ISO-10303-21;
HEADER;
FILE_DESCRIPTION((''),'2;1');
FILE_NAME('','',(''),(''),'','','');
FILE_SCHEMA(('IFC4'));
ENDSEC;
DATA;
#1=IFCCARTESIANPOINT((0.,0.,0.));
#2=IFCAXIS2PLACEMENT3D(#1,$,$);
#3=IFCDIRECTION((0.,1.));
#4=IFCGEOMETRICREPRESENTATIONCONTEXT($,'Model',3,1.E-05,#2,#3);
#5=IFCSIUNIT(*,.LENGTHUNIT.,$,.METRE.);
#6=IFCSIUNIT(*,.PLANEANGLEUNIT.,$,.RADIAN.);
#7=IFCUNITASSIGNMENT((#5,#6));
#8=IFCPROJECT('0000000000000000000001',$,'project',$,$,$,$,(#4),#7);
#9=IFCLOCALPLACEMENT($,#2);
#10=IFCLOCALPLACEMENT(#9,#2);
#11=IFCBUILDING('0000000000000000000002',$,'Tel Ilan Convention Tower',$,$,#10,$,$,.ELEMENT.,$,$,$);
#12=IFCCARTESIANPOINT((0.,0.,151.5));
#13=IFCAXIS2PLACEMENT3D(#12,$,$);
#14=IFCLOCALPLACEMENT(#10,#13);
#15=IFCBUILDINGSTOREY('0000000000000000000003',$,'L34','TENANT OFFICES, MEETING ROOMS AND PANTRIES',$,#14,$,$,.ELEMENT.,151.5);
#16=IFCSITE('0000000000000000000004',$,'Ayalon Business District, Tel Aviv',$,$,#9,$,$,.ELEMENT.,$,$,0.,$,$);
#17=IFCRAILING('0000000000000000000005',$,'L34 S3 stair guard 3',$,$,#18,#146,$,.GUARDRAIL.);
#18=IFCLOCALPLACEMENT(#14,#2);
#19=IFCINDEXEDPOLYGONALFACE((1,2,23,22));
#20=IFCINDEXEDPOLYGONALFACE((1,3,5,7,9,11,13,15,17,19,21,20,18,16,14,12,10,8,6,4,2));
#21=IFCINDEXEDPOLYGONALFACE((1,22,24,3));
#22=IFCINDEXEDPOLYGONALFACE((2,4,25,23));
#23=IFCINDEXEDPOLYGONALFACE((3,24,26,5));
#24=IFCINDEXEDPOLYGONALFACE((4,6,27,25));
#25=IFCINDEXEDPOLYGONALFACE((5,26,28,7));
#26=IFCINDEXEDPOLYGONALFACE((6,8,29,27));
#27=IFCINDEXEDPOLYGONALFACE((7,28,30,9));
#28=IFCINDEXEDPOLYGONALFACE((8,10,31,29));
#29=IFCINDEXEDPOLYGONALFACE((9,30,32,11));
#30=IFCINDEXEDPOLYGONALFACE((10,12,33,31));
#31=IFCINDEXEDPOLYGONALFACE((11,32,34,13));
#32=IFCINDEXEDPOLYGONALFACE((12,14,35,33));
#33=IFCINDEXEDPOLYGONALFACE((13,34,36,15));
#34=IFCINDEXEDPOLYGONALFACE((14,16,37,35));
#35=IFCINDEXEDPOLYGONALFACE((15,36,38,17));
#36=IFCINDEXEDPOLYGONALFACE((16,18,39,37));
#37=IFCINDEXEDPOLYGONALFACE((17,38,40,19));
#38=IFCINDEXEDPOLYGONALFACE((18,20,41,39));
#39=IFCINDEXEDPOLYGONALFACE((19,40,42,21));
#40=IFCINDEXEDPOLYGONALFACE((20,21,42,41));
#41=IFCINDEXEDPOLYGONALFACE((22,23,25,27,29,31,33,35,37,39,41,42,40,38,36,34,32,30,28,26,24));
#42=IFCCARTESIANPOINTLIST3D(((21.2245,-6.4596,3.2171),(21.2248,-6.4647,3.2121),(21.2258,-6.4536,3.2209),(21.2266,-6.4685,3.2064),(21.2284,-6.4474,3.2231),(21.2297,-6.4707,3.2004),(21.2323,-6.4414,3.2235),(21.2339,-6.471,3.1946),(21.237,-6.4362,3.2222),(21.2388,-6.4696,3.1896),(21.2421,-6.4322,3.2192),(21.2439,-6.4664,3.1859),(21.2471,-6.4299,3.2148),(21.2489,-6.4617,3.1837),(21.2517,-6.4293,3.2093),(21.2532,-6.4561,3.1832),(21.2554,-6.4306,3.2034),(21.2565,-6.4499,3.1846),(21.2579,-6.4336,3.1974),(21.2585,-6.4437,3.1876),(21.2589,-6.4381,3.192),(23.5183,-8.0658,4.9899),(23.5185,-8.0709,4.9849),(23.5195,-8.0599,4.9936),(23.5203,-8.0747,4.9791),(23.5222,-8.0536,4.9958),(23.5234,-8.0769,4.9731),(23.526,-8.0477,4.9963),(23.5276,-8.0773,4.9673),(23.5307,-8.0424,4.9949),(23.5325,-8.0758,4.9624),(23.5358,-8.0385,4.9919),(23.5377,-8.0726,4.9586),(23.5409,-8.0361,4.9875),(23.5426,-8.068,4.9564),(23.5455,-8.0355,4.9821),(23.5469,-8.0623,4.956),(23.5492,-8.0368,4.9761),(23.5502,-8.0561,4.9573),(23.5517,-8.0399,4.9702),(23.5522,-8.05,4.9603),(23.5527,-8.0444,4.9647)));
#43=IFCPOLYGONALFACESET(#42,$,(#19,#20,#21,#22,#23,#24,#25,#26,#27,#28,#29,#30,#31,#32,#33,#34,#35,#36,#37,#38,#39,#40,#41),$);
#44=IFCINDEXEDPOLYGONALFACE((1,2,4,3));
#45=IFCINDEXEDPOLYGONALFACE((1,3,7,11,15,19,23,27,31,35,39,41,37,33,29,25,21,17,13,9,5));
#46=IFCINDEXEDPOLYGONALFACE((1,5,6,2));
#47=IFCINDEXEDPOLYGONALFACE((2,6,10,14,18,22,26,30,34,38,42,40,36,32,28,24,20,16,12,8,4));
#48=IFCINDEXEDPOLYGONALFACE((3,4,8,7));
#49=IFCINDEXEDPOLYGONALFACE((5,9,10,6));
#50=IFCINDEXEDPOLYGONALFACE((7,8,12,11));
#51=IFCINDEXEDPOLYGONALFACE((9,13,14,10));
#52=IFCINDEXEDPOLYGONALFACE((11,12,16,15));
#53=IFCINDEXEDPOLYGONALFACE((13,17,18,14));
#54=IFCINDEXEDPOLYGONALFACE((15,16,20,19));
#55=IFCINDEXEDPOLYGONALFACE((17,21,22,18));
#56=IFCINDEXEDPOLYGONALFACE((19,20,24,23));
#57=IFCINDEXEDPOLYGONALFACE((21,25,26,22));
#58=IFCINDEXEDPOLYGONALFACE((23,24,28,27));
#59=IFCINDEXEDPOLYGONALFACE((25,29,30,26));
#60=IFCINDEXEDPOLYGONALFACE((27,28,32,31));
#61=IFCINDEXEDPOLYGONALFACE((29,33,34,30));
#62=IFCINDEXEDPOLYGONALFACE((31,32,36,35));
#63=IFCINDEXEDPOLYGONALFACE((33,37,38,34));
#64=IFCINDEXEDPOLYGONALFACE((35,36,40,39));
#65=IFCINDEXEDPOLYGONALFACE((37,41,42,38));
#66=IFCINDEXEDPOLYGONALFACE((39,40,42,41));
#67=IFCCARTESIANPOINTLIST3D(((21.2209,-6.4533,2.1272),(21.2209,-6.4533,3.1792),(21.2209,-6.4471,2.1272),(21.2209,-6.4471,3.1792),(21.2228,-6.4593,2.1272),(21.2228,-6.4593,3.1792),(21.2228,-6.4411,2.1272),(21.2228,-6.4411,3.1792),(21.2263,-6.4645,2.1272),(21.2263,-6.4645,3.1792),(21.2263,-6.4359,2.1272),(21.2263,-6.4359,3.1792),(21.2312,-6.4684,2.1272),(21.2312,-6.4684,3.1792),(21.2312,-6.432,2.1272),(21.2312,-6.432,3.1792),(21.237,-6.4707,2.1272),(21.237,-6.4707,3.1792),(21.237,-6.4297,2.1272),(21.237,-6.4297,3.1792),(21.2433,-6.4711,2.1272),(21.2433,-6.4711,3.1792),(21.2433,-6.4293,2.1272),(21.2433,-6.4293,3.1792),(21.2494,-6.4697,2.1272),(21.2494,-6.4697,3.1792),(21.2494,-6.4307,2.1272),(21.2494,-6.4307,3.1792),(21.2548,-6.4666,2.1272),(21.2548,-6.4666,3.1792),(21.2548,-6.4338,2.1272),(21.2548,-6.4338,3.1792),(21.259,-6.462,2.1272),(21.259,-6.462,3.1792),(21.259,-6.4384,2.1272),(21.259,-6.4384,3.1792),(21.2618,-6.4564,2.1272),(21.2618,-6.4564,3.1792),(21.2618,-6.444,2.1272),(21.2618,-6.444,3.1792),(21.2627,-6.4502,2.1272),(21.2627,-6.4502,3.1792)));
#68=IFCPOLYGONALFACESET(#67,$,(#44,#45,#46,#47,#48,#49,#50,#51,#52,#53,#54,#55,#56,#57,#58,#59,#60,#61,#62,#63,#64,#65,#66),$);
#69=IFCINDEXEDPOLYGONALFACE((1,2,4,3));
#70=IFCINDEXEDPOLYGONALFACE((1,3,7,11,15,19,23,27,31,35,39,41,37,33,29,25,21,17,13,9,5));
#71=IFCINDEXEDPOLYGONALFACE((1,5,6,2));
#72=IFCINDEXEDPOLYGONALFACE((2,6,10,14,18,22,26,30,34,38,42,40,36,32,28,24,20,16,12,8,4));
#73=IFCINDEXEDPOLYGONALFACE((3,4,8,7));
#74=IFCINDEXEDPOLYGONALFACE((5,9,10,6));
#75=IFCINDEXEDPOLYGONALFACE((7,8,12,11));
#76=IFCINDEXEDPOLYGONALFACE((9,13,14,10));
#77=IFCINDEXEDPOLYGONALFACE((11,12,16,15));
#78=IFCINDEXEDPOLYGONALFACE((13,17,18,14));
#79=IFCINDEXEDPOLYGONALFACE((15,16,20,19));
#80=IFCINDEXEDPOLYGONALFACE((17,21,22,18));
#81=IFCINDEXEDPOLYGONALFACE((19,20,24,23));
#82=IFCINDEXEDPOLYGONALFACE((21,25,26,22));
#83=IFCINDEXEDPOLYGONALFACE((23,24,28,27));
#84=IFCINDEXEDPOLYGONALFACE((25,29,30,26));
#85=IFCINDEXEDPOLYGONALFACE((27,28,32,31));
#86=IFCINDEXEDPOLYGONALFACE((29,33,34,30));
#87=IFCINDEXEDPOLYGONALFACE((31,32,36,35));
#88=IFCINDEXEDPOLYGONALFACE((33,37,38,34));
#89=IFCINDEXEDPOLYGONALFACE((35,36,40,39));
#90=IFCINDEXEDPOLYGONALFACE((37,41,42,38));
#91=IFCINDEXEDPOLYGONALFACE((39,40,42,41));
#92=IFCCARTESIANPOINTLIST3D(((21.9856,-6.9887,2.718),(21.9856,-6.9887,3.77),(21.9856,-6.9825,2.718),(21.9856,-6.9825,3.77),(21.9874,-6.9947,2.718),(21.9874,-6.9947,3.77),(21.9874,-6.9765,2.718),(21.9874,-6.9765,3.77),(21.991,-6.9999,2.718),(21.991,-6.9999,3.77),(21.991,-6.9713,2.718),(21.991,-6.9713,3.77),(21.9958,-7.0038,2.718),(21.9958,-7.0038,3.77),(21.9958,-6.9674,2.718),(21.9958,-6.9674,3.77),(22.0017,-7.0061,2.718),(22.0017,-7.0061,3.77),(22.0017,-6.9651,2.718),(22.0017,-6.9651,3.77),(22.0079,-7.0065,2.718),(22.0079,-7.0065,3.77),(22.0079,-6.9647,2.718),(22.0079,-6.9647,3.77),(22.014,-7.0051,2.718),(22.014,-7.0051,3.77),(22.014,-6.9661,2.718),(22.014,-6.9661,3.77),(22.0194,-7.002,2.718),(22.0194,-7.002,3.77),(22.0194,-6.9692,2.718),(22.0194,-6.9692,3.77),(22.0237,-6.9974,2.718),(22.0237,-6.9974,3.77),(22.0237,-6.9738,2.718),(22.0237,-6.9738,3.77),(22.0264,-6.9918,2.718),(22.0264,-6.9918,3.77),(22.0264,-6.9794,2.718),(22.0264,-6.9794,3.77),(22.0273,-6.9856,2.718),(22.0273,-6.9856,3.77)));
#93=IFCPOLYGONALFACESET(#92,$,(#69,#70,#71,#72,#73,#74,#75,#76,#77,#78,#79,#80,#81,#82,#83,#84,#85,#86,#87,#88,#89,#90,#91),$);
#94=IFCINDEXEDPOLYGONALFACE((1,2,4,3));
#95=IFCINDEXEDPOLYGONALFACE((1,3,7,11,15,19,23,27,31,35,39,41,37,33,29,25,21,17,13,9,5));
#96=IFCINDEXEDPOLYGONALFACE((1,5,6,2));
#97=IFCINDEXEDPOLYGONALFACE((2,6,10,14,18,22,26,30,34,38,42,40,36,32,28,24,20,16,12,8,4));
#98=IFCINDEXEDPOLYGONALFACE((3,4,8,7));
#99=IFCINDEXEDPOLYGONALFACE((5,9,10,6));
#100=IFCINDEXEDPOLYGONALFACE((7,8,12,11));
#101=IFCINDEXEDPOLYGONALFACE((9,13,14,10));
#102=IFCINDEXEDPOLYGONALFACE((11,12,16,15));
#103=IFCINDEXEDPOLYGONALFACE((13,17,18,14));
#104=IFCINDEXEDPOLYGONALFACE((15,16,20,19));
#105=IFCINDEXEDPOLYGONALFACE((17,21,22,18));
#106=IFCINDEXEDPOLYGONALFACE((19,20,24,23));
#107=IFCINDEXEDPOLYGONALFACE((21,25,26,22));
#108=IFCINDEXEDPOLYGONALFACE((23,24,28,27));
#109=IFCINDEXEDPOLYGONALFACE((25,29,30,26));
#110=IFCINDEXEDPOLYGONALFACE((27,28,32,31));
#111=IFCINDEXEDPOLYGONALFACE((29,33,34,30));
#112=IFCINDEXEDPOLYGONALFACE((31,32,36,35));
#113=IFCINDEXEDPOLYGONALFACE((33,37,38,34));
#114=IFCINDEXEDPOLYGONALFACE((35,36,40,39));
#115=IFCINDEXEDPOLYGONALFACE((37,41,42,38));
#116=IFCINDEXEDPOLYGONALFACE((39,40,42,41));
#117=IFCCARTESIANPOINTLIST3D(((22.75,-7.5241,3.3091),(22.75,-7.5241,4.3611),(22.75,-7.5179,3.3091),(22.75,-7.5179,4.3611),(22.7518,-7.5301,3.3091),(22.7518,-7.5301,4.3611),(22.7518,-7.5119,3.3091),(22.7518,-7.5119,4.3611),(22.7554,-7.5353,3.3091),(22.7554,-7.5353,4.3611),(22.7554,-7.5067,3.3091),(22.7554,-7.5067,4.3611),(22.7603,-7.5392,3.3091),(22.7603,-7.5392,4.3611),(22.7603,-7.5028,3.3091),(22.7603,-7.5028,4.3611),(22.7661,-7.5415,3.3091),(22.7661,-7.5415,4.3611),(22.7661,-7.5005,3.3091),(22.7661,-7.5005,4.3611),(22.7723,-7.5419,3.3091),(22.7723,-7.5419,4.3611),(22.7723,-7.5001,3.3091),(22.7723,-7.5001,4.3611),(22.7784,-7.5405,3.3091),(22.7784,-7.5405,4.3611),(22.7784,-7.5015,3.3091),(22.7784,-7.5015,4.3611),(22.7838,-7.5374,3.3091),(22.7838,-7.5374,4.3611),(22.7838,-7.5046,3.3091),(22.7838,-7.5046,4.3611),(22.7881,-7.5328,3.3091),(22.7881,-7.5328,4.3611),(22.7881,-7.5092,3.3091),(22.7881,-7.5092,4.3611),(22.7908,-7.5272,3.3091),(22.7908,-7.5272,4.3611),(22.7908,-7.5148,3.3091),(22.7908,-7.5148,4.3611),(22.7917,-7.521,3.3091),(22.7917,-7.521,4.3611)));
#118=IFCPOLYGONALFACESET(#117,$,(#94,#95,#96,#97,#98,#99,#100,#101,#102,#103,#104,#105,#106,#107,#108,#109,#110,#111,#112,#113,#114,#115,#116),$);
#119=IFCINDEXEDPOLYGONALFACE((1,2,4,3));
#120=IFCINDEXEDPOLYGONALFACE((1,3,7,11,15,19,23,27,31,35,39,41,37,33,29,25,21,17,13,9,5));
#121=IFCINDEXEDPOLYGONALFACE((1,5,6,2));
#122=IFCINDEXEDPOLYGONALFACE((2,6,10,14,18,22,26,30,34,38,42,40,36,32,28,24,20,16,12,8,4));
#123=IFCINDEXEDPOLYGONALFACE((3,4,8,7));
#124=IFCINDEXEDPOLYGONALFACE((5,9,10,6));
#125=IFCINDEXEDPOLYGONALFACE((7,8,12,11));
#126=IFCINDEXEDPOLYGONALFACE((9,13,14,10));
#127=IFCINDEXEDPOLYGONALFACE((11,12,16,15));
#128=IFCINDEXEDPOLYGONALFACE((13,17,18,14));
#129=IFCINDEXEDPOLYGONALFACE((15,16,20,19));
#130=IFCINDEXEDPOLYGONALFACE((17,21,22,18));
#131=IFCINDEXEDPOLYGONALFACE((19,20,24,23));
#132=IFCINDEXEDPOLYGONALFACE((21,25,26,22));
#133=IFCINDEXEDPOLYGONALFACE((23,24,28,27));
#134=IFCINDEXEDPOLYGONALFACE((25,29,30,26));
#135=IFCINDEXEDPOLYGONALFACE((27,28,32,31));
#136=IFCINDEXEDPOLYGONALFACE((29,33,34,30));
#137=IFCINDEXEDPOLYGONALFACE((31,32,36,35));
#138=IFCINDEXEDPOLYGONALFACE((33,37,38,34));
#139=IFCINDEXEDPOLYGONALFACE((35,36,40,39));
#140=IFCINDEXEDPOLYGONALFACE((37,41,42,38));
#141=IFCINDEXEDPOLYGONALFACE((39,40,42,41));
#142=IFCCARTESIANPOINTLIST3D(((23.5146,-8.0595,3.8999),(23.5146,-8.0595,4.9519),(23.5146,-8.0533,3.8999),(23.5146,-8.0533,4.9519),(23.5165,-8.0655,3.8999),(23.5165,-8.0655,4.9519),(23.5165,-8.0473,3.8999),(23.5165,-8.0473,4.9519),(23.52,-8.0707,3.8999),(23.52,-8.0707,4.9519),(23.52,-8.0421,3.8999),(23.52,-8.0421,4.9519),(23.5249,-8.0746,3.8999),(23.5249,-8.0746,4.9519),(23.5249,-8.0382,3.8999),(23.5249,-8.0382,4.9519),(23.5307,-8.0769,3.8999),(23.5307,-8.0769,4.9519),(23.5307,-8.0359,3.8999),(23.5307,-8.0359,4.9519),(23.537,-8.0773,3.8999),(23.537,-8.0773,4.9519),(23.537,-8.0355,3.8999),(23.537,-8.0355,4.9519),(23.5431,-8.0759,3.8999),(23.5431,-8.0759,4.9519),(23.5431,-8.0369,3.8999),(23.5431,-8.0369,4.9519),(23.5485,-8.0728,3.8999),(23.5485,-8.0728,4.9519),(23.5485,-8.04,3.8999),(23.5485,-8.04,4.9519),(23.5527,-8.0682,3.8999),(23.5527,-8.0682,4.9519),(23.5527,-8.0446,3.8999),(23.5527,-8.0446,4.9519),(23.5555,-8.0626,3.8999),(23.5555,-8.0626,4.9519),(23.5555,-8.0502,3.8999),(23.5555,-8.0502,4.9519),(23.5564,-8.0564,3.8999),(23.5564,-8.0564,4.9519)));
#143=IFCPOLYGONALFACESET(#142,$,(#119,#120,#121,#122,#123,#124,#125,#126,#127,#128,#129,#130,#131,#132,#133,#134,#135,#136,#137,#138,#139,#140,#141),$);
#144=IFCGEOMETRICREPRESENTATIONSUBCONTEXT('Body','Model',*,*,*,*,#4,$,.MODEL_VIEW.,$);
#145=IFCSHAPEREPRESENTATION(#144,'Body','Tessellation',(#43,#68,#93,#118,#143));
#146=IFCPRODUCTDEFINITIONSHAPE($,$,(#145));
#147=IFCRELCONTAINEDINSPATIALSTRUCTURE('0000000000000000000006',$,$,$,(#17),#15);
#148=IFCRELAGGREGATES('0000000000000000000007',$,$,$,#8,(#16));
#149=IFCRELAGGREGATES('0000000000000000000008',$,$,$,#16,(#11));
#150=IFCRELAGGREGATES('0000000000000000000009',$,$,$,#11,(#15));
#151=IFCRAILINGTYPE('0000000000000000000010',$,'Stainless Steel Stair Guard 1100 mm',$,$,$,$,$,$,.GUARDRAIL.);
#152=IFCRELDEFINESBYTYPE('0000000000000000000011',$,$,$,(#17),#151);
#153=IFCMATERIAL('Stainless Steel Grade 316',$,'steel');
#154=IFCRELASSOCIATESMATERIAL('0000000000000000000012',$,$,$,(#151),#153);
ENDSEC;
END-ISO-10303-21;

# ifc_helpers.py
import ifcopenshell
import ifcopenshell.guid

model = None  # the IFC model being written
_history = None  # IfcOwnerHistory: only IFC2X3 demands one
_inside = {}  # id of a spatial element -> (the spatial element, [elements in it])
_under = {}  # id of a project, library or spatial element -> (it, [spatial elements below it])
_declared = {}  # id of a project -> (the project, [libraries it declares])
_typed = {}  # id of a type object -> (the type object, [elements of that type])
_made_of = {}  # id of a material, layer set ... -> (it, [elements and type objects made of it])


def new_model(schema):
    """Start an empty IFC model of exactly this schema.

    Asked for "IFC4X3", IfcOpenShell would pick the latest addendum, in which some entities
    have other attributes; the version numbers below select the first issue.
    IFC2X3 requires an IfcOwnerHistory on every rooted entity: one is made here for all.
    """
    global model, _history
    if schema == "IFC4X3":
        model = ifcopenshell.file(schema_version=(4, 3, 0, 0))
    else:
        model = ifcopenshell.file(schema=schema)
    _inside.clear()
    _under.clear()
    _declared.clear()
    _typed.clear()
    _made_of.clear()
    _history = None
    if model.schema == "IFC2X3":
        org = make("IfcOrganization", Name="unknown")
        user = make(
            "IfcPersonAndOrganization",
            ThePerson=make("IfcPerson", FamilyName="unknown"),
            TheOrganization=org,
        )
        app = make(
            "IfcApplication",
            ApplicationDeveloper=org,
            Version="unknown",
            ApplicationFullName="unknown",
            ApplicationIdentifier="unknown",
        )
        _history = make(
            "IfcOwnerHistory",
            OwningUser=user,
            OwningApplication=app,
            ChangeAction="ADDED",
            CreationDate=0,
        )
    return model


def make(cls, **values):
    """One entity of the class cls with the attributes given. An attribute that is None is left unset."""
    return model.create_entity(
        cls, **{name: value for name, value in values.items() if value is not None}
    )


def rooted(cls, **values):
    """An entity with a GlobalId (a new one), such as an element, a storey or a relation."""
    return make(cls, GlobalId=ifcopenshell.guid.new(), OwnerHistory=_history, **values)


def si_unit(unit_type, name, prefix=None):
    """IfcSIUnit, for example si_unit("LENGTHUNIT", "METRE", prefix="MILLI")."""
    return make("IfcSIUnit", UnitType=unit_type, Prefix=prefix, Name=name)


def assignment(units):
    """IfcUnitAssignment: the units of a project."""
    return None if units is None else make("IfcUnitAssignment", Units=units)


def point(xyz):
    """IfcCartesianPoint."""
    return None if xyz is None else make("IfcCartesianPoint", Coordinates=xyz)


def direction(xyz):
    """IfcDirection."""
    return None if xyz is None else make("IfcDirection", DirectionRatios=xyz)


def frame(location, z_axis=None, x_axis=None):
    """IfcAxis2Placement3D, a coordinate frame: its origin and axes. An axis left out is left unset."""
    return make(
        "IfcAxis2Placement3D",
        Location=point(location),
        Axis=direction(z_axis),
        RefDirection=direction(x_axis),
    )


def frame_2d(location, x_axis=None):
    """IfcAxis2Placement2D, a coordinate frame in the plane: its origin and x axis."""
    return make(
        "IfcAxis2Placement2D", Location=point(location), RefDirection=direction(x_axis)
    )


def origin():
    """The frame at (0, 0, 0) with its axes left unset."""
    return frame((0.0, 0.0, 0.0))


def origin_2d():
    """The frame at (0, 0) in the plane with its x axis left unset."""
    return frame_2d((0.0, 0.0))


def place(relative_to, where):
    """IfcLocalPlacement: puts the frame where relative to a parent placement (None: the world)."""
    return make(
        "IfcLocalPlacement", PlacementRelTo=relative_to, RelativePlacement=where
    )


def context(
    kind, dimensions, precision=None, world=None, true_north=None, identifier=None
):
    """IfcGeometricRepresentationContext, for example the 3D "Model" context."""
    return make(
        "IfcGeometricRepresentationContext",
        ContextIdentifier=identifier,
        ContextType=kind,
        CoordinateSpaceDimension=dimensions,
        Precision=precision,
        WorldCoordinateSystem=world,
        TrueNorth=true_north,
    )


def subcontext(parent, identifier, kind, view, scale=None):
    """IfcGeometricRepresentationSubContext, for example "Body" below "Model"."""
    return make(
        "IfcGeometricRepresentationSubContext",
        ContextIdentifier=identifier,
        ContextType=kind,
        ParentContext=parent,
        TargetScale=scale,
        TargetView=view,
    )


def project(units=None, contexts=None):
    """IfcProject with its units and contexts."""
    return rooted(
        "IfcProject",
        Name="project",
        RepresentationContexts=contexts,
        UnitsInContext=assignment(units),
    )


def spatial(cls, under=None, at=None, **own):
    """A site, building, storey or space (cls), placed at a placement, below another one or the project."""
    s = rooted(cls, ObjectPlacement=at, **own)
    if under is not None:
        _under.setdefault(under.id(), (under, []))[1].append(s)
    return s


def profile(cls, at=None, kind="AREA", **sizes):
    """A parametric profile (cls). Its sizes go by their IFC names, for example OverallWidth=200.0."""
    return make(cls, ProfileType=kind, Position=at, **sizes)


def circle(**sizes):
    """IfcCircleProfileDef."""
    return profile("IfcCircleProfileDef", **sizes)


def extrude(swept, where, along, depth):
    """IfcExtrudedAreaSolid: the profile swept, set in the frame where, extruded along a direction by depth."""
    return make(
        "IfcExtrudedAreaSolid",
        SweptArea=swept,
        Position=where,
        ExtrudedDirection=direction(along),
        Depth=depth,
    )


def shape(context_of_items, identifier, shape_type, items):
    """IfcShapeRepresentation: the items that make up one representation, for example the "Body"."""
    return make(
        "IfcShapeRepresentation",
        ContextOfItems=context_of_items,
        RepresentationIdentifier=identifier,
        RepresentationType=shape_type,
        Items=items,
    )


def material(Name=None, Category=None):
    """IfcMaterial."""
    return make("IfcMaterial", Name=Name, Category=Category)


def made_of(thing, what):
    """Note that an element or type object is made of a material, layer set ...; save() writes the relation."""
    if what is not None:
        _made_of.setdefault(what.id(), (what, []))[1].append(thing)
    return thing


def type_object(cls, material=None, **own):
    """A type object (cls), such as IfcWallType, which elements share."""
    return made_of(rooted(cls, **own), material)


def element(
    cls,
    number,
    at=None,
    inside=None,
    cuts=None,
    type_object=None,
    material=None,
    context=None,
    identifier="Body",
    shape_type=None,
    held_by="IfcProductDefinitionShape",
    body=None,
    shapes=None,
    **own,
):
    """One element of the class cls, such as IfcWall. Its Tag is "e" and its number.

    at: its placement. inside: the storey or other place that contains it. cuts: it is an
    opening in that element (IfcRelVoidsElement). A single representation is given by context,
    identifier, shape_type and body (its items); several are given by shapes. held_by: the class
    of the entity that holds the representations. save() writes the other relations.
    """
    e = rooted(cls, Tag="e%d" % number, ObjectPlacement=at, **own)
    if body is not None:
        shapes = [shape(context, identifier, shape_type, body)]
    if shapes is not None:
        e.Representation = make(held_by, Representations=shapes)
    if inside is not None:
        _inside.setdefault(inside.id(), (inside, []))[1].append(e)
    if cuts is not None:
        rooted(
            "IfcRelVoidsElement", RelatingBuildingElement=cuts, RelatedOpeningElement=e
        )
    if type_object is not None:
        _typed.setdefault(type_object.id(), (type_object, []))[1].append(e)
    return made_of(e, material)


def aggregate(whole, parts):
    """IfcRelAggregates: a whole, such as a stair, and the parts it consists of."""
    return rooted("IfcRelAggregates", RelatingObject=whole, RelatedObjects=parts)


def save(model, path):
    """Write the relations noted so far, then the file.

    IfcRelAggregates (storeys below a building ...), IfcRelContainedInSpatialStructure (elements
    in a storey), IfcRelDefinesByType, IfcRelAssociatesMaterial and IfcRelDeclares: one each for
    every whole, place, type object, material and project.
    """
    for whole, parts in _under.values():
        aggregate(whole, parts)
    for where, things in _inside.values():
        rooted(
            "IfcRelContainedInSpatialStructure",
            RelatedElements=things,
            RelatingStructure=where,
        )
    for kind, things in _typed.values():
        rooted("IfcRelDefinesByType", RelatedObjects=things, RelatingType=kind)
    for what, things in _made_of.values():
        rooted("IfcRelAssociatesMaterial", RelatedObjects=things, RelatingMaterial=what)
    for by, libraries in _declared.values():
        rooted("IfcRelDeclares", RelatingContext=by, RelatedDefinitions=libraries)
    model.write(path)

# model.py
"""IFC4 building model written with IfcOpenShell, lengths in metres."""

from ifc_helpers import new_model, si_unit, direction, frame, origin, origin_2d, place, context, subcontext, project, spatial, circle, extrude, material, type_object, element, save


model = new_model("IFC4")

# Units and contexts
model_context = context("Model", 3, precision=1e-05, world=origin(), true_north=direction((0.0, 1.0)))
body_context = subcontext(model_context, "Body", "Model", "MODEL_VIEW")
ifc_project = project(units=[si_unit("LENGTHUNIT", "METRE"), si_unit("PLANEANGLEUNIT", "RADIAN")], contexts=[model_context])

# Site, building, storey
site_placement = place(None, origin())
site = spatial("IfcSite", under=ifc_project, at=site_placement, Name="Ayalon Business District, Tel Aviv", CompositionType="ELEMENT", RefElevation=0.0)
building_placement = place(site_placement, origin())
building = spatial("IfcBuilding", under=site, at=building_placement, Name="Tel Ilan Convention Tower", CompositionType="ELEMENT")
storey_placement = place(building_placement, frame((0.0, 0.0, 151.5)))
storey = spatial("IfcBuildingStorey", under=building, at=storey_placement, Name="L34", Description="TENANT OFFICES, MEETING ROOMS AND PANTRIES", CompositionType="ELEMENT", Elevation=151.5)

# Railing
ifc_material_1 = material(Name="Stainless Steel Grade 316", Category="steel")
railing_type_1 = type_object("IfcRailingType", Name="Stainless Steel Stair Guard 1100 mm", PredefinedType="GUARDRAIL", material=ifc_material_1)
railing_1_placement = place(storey_placement, frame((21.2417, -6.4502, 2.1272)))
element("IfcRailing", 1, at=railing_1_placement, inside=storey, type_object=railing_type_1, Name="L34 S3 stair guard 3", PredefinedType="GUARDRAIL", context=body_context, shape_type="SweptSolid", body=[
    extrude(circle(Radius=0.0239, at=origin_2d()), frame((0.0, 0.0, 1.0762), z_axis=(0.692098, -0.484653, 0.534894), x_axis=(0.573609, 0.81913, 0.0)), (0.0, 0.0, 1.0), 3.3142),
    extrude(circle(Radius=0.021, at=origin_2d()), origin(), (0.0, 0.0, 1.0), 1.052),
    extrude(circle(Radius=0.021, at=origin_2d()), frame((0.7646, -0.5354, 0.5908)), (0.0, 0.0, 1.0), 1.052),
    extrude(circle(Radius=0.021, at=origin_2d()), frame((1.5291, -1.0708, 1.1819)), (0.0, 0.0, 1.0), 1.052),
    extrude(circle(Radius=0.021, at=origin_2d()), frame((2.2937, -1.6062, 1.7727)), (0.0, 0.0, 1.0), 1.052),
])

save(model, "model.ifc")
